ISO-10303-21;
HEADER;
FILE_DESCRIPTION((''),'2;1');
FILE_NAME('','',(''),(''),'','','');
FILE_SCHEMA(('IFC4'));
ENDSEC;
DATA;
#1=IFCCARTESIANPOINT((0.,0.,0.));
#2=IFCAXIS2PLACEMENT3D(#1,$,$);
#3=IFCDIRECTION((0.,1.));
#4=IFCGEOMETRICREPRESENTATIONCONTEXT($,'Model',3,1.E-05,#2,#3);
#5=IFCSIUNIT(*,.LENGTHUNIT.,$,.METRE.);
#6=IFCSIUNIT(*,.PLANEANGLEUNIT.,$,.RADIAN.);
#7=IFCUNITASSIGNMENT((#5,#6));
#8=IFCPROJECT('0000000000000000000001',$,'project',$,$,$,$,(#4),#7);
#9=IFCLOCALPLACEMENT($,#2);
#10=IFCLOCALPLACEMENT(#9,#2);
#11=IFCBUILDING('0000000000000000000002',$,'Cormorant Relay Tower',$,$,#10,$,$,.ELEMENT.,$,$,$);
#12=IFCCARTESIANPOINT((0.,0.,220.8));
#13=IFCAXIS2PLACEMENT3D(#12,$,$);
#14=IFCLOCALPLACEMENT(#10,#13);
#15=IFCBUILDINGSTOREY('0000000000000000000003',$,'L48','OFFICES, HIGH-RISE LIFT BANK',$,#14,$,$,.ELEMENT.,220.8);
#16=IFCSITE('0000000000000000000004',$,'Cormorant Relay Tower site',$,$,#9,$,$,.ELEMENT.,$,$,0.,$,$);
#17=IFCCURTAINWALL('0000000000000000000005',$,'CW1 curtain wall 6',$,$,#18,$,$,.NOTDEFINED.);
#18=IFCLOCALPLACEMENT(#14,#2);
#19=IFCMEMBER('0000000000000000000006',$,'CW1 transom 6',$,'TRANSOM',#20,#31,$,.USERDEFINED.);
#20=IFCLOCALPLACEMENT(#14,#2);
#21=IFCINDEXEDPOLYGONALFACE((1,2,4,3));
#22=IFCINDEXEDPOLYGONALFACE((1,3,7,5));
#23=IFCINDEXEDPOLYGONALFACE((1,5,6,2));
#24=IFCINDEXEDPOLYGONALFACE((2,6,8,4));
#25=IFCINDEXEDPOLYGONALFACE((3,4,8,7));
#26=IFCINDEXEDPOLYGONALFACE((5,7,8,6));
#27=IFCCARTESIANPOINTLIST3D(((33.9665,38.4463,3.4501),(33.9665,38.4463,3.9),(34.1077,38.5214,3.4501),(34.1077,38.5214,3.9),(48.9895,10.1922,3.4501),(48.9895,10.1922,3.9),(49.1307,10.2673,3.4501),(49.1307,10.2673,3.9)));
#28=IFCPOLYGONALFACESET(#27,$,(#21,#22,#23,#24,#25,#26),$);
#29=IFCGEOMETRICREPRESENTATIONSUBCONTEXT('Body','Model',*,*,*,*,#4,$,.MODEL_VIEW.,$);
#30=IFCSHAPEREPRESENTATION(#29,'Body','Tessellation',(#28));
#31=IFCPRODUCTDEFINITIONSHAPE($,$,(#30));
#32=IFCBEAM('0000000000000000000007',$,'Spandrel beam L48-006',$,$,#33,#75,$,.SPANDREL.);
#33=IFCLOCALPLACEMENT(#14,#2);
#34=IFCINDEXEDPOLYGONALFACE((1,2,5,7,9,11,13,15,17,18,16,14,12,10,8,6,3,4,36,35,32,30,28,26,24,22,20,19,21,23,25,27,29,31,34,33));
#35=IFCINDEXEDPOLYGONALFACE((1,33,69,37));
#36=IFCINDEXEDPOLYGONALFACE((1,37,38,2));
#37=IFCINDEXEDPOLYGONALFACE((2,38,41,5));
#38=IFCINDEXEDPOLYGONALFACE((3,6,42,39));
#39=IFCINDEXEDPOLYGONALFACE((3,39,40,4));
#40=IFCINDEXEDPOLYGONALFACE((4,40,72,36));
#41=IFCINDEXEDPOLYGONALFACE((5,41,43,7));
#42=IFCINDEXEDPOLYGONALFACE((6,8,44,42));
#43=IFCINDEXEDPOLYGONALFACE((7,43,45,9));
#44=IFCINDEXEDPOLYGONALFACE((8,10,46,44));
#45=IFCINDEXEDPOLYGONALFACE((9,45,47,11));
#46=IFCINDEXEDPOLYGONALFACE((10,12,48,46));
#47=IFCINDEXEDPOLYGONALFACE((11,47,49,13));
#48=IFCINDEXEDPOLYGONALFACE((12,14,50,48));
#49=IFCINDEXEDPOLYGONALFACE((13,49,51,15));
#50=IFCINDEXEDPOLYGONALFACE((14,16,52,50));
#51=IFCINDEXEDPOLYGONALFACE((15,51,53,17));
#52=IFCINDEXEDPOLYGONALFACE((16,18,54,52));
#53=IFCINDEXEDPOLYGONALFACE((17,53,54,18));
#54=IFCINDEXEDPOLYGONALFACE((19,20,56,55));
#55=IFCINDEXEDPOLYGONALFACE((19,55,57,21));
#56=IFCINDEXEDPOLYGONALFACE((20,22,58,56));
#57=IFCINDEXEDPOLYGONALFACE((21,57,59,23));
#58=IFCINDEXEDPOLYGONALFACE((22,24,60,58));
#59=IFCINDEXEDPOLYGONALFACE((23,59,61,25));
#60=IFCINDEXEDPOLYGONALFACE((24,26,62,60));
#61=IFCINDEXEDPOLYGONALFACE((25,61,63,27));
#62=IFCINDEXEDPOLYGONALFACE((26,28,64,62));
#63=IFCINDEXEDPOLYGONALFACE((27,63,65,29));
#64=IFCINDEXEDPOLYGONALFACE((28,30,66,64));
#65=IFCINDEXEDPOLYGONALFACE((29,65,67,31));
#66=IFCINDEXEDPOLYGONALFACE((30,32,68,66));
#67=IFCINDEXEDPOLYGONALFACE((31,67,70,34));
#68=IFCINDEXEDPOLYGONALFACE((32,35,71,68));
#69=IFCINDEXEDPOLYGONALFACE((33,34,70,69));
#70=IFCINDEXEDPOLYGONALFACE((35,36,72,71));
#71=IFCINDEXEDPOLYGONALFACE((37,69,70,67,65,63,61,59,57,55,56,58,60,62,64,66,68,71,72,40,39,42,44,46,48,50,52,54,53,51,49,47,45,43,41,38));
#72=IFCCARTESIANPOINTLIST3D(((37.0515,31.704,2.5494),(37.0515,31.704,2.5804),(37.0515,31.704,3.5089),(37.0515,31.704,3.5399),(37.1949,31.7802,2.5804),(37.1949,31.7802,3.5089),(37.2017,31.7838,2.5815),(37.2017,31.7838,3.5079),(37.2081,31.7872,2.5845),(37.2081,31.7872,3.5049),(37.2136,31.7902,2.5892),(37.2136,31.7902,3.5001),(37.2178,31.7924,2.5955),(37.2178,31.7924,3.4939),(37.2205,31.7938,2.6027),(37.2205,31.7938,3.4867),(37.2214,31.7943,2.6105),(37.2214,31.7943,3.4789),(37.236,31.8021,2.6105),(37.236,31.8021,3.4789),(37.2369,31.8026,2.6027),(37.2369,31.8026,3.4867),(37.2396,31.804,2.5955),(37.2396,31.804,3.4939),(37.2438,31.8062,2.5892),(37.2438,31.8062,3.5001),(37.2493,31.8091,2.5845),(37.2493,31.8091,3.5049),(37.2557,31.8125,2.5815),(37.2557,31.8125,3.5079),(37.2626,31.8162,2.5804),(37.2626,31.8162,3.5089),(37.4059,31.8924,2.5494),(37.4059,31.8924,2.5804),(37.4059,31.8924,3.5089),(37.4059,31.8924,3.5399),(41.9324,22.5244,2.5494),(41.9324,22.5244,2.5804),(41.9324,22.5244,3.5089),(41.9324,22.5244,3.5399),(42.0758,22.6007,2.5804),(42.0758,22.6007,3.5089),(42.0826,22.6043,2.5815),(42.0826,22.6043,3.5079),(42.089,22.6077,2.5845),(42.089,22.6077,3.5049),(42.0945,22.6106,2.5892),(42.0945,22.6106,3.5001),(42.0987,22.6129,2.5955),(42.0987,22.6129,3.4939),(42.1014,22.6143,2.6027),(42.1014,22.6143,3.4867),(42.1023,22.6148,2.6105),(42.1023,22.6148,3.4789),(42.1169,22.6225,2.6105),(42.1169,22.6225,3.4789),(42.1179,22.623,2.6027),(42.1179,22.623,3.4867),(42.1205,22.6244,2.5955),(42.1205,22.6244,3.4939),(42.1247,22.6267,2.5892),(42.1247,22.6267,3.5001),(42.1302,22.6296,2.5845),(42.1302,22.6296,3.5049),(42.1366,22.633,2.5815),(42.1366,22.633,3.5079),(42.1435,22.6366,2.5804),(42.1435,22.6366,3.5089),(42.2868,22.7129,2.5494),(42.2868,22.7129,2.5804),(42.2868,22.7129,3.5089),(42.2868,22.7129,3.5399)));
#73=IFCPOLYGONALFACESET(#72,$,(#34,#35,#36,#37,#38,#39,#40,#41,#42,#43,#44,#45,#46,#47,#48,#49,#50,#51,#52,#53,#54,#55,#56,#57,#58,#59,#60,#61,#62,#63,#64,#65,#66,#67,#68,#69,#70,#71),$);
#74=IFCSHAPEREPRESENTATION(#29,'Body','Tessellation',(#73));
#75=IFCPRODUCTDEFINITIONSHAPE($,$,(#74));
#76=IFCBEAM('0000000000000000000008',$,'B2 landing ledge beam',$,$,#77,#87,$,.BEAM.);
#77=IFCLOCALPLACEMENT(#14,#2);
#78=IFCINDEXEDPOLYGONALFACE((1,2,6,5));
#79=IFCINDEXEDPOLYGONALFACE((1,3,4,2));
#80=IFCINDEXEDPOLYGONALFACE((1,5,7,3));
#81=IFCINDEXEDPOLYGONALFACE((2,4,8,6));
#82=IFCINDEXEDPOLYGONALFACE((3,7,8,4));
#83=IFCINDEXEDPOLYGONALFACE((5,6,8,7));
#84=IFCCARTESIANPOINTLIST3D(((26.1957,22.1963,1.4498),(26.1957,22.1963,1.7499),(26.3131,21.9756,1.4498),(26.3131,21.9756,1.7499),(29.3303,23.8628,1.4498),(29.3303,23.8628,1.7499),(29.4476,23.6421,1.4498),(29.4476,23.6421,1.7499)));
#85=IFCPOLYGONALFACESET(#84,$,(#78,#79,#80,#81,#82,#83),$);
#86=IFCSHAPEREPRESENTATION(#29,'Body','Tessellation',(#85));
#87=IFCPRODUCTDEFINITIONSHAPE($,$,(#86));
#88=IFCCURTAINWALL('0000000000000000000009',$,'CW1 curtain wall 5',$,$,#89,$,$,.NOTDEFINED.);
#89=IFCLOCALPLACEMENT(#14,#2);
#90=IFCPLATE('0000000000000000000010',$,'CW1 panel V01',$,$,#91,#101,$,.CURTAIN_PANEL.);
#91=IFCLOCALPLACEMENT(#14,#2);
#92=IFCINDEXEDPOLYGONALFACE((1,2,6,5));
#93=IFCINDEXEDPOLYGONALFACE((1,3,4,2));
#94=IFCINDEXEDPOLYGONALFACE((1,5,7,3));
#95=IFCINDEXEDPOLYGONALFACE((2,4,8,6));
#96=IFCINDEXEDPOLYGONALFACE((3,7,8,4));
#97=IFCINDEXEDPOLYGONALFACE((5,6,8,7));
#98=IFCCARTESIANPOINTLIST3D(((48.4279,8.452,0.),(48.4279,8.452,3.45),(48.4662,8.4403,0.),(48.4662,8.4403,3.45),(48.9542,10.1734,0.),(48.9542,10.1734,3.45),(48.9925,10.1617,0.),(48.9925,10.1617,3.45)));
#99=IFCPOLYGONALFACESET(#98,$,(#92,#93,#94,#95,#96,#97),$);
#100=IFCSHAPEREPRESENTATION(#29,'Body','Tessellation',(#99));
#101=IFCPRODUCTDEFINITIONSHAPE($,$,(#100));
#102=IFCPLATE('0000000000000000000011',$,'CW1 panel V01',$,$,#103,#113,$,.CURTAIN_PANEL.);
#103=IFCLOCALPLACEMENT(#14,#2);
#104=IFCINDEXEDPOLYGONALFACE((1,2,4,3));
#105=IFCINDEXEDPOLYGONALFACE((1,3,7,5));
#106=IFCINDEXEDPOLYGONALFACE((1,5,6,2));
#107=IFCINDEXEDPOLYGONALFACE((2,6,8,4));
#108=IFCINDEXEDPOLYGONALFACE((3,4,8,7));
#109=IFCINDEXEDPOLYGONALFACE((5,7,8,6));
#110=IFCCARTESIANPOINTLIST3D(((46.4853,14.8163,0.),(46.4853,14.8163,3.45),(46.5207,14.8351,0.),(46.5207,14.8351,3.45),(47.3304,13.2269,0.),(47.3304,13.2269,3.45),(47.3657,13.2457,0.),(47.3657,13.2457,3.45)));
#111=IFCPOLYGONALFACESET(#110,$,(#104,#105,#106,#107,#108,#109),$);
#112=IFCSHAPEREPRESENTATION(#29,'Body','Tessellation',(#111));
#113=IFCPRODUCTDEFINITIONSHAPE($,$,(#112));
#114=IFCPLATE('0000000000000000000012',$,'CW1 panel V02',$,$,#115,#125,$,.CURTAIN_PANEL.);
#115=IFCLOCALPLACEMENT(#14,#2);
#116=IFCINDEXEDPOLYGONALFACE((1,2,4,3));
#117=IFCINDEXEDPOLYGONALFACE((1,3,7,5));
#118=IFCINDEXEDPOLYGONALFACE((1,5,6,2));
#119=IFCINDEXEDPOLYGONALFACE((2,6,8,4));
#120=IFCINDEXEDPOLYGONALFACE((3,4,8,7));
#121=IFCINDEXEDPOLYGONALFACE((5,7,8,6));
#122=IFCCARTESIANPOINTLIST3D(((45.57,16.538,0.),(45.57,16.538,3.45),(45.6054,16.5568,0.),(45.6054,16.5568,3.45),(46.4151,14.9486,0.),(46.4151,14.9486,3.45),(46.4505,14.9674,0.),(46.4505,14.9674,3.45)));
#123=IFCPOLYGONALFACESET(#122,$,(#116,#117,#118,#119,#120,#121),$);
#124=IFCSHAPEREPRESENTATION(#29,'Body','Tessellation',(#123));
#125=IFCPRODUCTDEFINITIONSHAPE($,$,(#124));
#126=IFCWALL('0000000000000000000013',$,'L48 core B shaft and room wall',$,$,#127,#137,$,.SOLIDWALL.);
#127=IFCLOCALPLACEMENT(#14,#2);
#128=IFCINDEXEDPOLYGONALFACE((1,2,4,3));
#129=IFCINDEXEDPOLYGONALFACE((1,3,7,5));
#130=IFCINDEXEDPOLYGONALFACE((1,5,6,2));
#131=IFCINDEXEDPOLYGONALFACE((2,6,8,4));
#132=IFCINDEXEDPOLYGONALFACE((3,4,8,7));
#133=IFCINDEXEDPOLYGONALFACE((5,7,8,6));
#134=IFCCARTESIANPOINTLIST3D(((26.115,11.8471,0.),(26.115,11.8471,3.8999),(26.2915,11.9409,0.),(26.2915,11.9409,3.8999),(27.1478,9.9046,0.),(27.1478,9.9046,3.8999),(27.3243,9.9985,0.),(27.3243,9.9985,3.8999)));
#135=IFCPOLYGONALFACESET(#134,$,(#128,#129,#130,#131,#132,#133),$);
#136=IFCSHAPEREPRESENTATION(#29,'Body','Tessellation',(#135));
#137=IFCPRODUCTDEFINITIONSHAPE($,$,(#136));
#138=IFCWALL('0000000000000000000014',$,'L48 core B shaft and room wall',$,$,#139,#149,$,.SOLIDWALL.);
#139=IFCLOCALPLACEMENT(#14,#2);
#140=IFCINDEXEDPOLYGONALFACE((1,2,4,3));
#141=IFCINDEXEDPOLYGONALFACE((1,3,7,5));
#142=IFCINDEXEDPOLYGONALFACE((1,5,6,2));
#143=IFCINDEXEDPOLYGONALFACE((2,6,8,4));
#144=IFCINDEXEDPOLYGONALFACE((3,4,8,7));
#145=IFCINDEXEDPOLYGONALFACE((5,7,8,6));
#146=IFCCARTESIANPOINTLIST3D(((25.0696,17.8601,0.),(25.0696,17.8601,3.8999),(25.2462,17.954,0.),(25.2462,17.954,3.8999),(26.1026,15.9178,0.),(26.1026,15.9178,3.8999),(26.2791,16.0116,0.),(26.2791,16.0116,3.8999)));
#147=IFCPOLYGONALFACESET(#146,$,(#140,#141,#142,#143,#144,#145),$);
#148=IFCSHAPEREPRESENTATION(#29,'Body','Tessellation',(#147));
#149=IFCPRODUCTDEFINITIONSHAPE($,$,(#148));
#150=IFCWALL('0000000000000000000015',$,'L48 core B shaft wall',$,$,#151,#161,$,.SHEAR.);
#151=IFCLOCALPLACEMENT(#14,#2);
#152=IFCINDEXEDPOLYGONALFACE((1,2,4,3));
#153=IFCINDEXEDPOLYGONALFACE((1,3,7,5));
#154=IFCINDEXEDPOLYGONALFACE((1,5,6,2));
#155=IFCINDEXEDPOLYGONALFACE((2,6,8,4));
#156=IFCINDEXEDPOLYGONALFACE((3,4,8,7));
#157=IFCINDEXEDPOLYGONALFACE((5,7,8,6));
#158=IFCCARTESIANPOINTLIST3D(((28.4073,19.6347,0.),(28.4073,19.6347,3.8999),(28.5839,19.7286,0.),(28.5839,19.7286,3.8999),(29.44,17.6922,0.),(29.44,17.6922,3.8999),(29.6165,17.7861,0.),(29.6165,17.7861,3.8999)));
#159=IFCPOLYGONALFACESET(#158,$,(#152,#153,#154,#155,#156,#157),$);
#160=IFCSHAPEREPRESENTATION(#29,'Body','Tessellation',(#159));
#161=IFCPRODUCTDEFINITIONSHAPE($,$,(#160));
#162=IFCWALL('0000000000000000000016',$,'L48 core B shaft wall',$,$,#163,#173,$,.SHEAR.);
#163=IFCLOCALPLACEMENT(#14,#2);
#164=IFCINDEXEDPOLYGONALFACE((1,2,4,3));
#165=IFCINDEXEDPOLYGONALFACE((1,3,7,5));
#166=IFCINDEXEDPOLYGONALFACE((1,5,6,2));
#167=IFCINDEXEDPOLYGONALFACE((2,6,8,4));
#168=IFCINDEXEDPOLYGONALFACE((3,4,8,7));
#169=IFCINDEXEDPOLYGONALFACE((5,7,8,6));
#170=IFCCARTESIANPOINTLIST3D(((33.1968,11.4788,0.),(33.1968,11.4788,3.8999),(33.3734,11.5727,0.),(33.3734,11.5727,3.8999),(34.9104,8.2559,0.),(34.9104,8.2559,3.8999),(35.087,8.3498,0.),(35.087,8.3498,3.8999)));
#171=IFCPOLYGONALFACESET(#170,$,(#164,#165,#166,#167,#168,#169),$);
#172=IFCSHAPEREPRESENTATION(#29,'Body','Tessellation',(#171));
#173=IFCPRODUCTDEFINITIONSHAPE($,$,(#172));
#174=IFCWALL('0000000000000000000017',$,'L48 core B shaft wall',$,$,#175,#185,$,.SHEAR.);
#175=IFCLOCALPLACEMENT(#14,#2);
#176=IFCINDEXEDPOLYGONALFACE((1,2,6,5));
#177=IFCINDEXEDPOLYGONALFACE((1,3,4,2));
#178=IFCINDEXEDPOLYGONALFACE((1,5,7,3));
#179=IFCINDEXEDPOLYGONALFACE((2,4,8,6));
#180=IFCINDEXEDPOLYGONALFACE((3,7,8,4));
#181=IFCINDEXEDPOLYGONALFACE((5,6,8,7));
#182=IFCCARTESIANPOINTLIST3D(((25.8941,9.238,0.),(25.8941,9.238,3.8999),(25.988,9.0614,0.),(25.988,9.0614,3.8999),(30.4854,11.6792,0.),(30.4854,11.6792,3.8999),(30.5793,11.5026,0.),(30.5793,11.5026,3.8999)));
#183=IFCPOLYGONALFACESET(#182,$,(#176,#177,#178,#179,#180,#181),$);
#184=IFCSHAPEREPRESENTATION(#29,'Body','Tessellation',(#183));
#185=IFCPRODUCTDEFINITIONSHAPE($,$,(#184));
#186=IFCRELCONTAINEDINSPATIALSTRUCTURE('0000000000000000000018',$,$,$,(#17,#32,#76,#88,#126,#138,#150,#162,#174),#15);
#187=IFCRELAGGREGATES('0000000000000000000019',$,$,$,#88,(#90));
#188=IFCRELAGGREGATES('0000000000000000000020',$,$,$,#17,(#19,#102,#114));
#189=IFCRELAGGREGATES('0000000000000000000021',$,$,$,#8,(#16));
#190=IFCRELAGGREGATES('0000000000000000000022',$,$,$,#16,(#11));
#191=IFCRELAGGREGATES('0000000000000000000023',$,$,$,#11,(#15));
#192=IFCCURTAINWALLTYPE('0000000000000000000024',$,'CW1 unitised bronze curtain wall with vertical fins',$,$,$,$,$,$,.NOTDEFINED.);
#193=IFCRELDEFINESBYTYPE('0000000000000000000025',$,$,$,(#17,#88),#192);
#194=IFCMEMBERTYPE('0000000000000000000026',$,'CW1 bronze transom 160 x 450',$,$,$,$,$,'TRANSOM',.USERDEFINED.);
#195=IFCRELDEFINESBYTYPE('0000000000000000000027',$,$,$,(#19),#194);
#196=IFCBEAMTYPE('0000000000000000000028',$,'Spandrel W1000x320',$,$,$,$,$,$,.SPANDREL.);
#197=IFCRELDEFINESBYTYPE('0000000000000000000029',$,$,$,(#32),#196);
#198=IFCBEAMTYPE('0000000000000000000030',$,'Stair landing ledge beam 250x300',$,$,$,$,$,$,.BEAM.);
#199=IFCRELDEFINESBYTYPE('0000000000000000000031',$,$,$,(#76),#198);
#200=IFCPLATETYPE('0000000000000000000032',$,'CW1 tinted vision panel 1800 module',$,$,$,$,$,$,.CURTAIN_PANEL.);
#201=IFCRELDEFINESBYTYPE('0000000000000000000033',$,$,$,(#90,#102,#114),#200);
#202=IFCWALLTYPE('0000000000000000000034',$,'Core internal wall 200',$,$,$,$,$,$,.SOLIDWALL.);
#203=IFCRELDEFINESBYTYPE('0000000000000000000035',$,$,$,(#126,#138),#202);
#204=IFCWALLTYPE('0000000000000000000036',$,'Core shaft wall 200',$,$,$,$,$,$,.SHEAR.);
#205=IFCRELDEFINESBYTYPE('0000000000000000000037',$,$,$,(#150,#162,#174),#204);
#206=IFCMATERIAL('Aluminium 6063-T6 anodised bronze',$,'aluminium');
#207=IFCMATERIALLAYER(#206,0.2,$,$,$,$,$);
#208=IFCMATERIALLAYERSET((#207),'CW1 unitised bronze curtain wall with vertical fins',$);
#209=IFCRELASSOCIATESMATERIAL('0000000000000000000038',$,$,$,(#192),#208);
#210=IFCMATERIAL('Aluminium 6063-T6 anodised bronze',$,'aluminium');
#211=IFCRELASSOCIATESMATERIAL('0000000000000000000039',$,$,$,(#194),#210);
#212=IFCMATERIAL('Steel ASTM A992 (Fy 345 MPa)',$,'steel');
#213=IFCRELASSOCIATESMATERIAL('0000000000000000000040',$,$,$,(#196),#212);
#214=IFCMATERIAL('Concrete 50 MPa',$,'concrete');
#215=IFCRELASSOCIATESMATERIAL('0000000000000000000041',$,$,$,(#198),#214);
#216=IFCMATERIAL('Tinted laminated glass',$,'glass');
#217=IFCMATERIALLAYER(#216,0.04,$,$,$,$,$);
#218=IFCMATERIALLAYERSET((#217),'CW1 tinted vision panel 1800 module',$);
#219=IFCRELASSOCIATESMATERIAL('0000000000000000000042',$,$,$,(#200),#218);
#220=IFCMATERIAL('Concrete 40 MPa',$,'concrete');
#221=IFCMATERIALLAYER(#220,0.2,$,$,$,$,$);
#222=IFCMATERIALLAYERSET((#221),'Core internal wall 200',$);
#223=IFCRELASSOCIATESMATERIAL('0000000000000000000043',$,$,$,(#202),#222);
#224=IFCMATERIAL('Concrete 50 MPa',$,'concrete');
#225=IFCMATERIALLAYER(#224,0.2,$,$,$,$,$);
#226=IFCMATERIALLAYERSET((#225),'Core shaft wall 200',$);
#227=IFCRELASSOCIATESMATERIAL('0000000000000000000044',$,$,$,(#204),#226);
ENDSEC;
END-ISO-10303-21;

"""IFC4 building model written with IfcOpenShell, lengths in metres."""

from ifc_helpers import new_model, si_unit, direction, frame, frame_2d, origin, origin_2d, place, context, subcontext, project, spatial, rectangle, i_section, extrude, material, layer, layer_set, material_profile, profile_set, type_object, element, aggregate, save


model = new_model("IFC4")

# Units and contexts
model_context = context("Model", 3, precision=1e-05, world=origin(), true_north=direction((0.0, 1.0)))
body_context = subcontext(model_context, "Body", "Model", "MODEL_VIEW")
ifc_project = project(units=[si_unit("LENGTHUNIT", "METRE"), si_unit("PLANEANGLEUNIT", "RADIAN")], contexts=[model_context])

# Site, building, storey
site_placement = place(None, origin())
site = spatial("IfcSite", under=ifc_project, at=site_placement, Name="Cormorant Relay Tower site", CompositionType="ELEMENT", RefElevation=0.0)
building_placement = place(site_placement, origin())
building = spatial("IfcBuilding", under=site, at=building_placement, Name="Cormorant Relay Tower", CompositionType="ELEMENT")
storey_placement = place(building_placement, frame((0.0, 0.0, 220.8)))
storey = spatial("IfcBuildingStorey", under=building, at=storey_placement, Name="L48", Description="OFFICES, HIGH-RISE LIFT BANK", CompositionType="ELEMENT", Elevation=220.8)

# Curtain wall, member
ifc_material_1 = material(Name="Aluminium 6063-T6 anodised bronze", Category="aluminium")
ifc_layer_1 = layer(ifc_material_1, 0.2)
ifc_layer_set_1 = layer_set([ifc_layer_1], Name="CW1 unitised bronze curtain wall with vertical fins")
curtain_wall_type = type_object("IfcCurtainWallType", Name="CW1 unitised bronze curtain wall with vertical fins", PredefinedType="NOTDEFINED", material=ifc_layer_set_1)
curtain_wall_1_placement = place(storey_placement, origin())
curtain_wall_1 = element("IfcCurtainWall", 1, at=curtain_wall_1_placement, inside=storey, type_object=curtain_wall_type, Name="CW1 curtain wall 6", PredefinedType="NOTDEFINED")
ifc_material_2 = material(Name="Aluminium 6063-T6 anodised bronze", Category="aluminium")
ifc_material_profile_1 = material_profile(ifc_material_2, rectangle(XDim=0.1599, YDim=0.45, at=origin_2d()), Name="AL 160x450")
ifc_profile_set_1 = profile_set([ifc_material_profile_1], Name="Aluminium 6063-T6 anodised bronze")
member_type_1 = type_object("IfcMemberType", Name="CW1 bronze transom 160 x 450", ElementType="TRANSOM", PredefinedType="USERDEFINED", material=ifc_profile_set_1)
member_1_placement = place(storey_placement, frame((49.0601, 10.2297, 3.675), z_axis=(-0.46947, 0.882948, 0.0), x_axis=(-0.882948, -0.46947, 0.0)))
member_1 = element("IfcMember", 2, at=member_1_placement, type_object=member_type_1, Name="CW1 transom 6", ObjectType="TRANSOM", PredefinedType="USERDEFINED", context=body_context, shape_type="SweptSolid", body=[
    extrude(rectangle(XDim=0.1599, YDim=0.45, at=origin_2d()), origin(), (0.0, 0.0, 1.0), 31.9998),
])

# Beams
ifc_material_3 = material(Name="Steel ASTM A992 (Fy 345 MPa)", Category="steel")
ifc_material_profile_2 = material_profile(ifc_material_3, i_section(OverallWidth=0.4014, OverallDepth=0.9905, WebThickness=0.0166, FlangeThickness=0.031, FilletRadius=0.03, at=origin_2d()), Name="W1000x320")
ifc_profile_set_2 = profile_set([ifc_material_profile_2], Name="Steel ASTM A992 (Fy 345 MPa)")
beam_type_1 = type_object("IfcBeamType", Name="Spandrel W1000x320", PredefinedType="SPANDREL", material=ifc_profile_set_2)
beam_1_placement = place(storey_placement, frame((42.1096, 22.6187, 3.0447), z_axis=(-0.469476, 0.882945, 0.0), x_axis=(-0.882945, -0.469476, 0.0)))
element("IfcBeam", 3, at=beam_1_placement, inside=storey, type_object=beam_type_1, Name="Spandrel beam L48-006", PredefinedType="SPANDREL", context=body_context, shape_type="SweptSolid", body=[
    extrude(i_section(OverallWidth=0.4014, OverallDepth=0.9905, WebThickness=0.0166, FlangeThickness=0.031, FilletRadius=0.03, at=origin_2d()), origin(), (0.0, 0.0, 1.0), 10.3965),
])
ifc_material_4 = material(Name="Concrete 50 MPa", Category="concrete")
ifc_material_profile_3 = material_profile(ifc_material_4, rectangle(XDim=0.25, YDim=0.3, at=origin_2d()), Name="RC 250x300")
ifc_profile_set_3 = profile_set([ifc_material_profile_3], Name="Concrete 50 MPa")
beam_type_2 = type_object("IfcBeamType", Name="Stair landing ledge beam 250x300", PredefinedType="BEAM", material=ifc_profile_set_3)
beam_2_placement = place(storey_placement, frame((26.2544, 22.0859, 1.5999), z_axis=(0.882965, 0.469438, 0.0), x_axis=(-0.469438, 0.882965, 0.0)))
element("IfcBeam", 4, at=beam_2_placement, inside=storey, type_object=beam_type_2, Name="B2 landing ledge beam", PredefinedType="BEAM", context=body_context, shape_type="SweptSolid", body=[
    extrude(rectangle(XDim=0.25, YDim=0.3, at=origin_2d()), origin(), (0.0, 0.0, 1.0), 3.55),
])

# Curtain wall, plate
curtain_wall_2_placement = place(storey_placement, origin())
curtain_wall_2 = element("IfcCurtainWall", 5, at=curtain_wall_2_placement, inside=storey, type_object=curtain_wall_type, Name="CW1 curtain wall 5", PredefinedType="NOTDEFINED")
ifc_material_5 = material(Name="Tinted laminated glass", Category="glass")
ifc_layer_2 = layer(ifc_material_5, 0.04)
ifc_layer_set_2 = layer_set([ifc_layer_2], Name="CW1 tinted vision panel 1800 module")
plate_type = type_object("IfcPlateType", Name="CW1 tinted vision panel 1800 module", PredefinedType="CURTAIN_PANEL", material=ifc_layer_set_2)
plate_1_placement = place(storey_placement, frame((48.7102, 9.3069, 0.0), z_axis=(0.0, 0.0, 1.0), x_axis=(0.292372, 0.956305, 0.0)))
plate_1 = element("IfcPlate", 6, at=plate_1_placement, type_object=plate_type, Name="CW1 panel V01", PredefinedType="CURTAIN_PANEL", context=body_context, shape_type="SweptSolid", body=[
    extrude(rectangle(XDim=1.8, YDim=0.04, at=origin_2d()), origin(), (0.0, 0.0, 1.0), 3.45),
])
aggregate(curtain_wall_2, [plate_1])

# Plates
plate_2_placement = place(storey_placement, frame((46.9255, 14.031, 0.0), z_axis=(0.0, 0.0, 1.0), x_axis=(-0.469472, 0.882948, 0.0)))
plate_2 = element("IfcPlate", 7, at=plate_2_placement, type_object=plate_type, Name="CW1 panel V01", PredefinedType="CURTAIN_PANEL", context=body_context, shape_type="SweptSolid", body=[
    extrude(rectangle(XDim=1.8, YDim=0.04, at=origin_2d()), origin(), (0.0, 0.0, 1.0), 3.45),
])
plate_3_placement = place(storey_placement, frame((46.0103, 15.7527, 0.0), z_axis=(0.0, 0.0, 1.0), x_axis=(-0.469472, 0.882948, 0.0)))
plate_3 = element("IfcPlate", 8, at=plate_3_placement, type_object=plate_type, Name="CW1 panel V02", PredefinedType="CURTAIN_PANEL", context=body_context, shape_type="SweptSolid", body=[
    extrude(rectangle(XDim=1.8, YDim=0.04, at=origin_2d()), origin(), (0.0, 0.0, 1.0), 3.45),
])

# Walls
ifc_material_6 = material(Name="Concrete 40 MPa", Category="concrete")
ifc_layer_3 = layer(ifc_material_6, 0.2)
ifc_layer_set_3 = layer_set([ifc_layer_3], Name="Core internal wall 200")
wall_type_1 = type_object("IfcWallType", Name="Core internal wall 200", PredefinedType="SOLIDWALL", material=ifc_layer_set_3)
for number, where, z_axis, x_axis, name in (
    (9, (27.2361, 9.9514, 0.0), (0.0, 0.0, 1.0), (-0.469447, 0.88296, 0.0), "L48 core B shaft and room wall"),
    (10, (26.1909, 15.9646, 0.0), (0.0, 0.0, 1.0), (-0.469534, 0.882914, 0.0), "L48 core B shaft and room wall"),
):
    element("IfcWall", number, at=place(storey_placement, frame(where, z_axis=z_axis, x_axis=x_axis)), inside=storey, type_object=wall_type_1, Name=name, PredefinedType="SOLIDWALL", context=body_context, shape_type="SweptSolid", body=[
        extrude(rectangle(XDim=2.2, YDim=0.2, at=frame_2d((1.1001, 0.0))), origin(), (0.0, 0.0, 1.0), 3.8999),
    ])
ifc_material_7 = material(Name="Concrete 50 MPa", Category="concrete")
ifc_layer_4 = layer(ifc_material_7, 0.2)
ifc_layer_set_4 = layer_set([ifc_layer_4], Name="Core shaft wall 200")
wall_type_2 = type_object("IfcWallType", Name="Core shaft wall 200", PredefinedType="SHEAR", material=ifc_layer_set_4)
wall_1_placement = place(storey_placement, frame((29.5283, 17.739, 0.0), z_axis=(0.0, 0.0, 1.0), x_axis=(-0.469401, 0.882985, 0.0)))
element("IfcWall", 11, at=wall_1_placement, inside=storey, type_object=wall_type_2, Name="L48 core B shaft wall", PredefinedType="SHEAR", context=body_context, shape_type="SweptSolid", body=[
    extrude(rectangle(XDim=2.2, YDim=0.2, at=frame_2d((1.1001, 0.0))), origin(), (0.0, 0.0, 1.0), 3.8999),
])
wall_2_placement = place(storey_placement, frame((34.9988, 8.3027, 0.0), z_axis=(0.0, 0.0, 1.0), x_axis=(-0.469467, 0.88295, 0.0)))
element("IfcWall", 12, at=wall_2_placement, inside=storey, type_object=wall_type_2, Name="L48 core B shaft wall", PredefinedType="SHEAR", context=body_context, shape_type="SweptSolid", body=[
    extrude(rectangle(XDim=3.6501, YDim=0.2, at=frame_2d((1.8252, 0.0))), origin(), (0.0, 0.0, 1.0), 3.8999),
])

# Wall
wall_3_placement = place(storey_placement, frame((25.9409, 9.1497, 0.0), z_axis=(0.0, 0.0, 1.0), x_axis=(0.882954, 0.46946, 0.0)))
element("IfcWall", 13, at=wall_3_placement, inside=storey, type_object=wall_type_2, Name="L48 core B shaft wall", PredefinedType="SHEAR", context=body_context, shape_type="SweptSolid", body=[
    extrude(rectangle(XDim=5.2, YDim=0.2, at=frame_2d((2.6001, 0.0))), origin(), (0.0, 0.0, 1.0), 3.8999),
])

aggregate(curtain_wall_1, [member_1, plate_2, plate_3])

save(model, "model.ifc")
